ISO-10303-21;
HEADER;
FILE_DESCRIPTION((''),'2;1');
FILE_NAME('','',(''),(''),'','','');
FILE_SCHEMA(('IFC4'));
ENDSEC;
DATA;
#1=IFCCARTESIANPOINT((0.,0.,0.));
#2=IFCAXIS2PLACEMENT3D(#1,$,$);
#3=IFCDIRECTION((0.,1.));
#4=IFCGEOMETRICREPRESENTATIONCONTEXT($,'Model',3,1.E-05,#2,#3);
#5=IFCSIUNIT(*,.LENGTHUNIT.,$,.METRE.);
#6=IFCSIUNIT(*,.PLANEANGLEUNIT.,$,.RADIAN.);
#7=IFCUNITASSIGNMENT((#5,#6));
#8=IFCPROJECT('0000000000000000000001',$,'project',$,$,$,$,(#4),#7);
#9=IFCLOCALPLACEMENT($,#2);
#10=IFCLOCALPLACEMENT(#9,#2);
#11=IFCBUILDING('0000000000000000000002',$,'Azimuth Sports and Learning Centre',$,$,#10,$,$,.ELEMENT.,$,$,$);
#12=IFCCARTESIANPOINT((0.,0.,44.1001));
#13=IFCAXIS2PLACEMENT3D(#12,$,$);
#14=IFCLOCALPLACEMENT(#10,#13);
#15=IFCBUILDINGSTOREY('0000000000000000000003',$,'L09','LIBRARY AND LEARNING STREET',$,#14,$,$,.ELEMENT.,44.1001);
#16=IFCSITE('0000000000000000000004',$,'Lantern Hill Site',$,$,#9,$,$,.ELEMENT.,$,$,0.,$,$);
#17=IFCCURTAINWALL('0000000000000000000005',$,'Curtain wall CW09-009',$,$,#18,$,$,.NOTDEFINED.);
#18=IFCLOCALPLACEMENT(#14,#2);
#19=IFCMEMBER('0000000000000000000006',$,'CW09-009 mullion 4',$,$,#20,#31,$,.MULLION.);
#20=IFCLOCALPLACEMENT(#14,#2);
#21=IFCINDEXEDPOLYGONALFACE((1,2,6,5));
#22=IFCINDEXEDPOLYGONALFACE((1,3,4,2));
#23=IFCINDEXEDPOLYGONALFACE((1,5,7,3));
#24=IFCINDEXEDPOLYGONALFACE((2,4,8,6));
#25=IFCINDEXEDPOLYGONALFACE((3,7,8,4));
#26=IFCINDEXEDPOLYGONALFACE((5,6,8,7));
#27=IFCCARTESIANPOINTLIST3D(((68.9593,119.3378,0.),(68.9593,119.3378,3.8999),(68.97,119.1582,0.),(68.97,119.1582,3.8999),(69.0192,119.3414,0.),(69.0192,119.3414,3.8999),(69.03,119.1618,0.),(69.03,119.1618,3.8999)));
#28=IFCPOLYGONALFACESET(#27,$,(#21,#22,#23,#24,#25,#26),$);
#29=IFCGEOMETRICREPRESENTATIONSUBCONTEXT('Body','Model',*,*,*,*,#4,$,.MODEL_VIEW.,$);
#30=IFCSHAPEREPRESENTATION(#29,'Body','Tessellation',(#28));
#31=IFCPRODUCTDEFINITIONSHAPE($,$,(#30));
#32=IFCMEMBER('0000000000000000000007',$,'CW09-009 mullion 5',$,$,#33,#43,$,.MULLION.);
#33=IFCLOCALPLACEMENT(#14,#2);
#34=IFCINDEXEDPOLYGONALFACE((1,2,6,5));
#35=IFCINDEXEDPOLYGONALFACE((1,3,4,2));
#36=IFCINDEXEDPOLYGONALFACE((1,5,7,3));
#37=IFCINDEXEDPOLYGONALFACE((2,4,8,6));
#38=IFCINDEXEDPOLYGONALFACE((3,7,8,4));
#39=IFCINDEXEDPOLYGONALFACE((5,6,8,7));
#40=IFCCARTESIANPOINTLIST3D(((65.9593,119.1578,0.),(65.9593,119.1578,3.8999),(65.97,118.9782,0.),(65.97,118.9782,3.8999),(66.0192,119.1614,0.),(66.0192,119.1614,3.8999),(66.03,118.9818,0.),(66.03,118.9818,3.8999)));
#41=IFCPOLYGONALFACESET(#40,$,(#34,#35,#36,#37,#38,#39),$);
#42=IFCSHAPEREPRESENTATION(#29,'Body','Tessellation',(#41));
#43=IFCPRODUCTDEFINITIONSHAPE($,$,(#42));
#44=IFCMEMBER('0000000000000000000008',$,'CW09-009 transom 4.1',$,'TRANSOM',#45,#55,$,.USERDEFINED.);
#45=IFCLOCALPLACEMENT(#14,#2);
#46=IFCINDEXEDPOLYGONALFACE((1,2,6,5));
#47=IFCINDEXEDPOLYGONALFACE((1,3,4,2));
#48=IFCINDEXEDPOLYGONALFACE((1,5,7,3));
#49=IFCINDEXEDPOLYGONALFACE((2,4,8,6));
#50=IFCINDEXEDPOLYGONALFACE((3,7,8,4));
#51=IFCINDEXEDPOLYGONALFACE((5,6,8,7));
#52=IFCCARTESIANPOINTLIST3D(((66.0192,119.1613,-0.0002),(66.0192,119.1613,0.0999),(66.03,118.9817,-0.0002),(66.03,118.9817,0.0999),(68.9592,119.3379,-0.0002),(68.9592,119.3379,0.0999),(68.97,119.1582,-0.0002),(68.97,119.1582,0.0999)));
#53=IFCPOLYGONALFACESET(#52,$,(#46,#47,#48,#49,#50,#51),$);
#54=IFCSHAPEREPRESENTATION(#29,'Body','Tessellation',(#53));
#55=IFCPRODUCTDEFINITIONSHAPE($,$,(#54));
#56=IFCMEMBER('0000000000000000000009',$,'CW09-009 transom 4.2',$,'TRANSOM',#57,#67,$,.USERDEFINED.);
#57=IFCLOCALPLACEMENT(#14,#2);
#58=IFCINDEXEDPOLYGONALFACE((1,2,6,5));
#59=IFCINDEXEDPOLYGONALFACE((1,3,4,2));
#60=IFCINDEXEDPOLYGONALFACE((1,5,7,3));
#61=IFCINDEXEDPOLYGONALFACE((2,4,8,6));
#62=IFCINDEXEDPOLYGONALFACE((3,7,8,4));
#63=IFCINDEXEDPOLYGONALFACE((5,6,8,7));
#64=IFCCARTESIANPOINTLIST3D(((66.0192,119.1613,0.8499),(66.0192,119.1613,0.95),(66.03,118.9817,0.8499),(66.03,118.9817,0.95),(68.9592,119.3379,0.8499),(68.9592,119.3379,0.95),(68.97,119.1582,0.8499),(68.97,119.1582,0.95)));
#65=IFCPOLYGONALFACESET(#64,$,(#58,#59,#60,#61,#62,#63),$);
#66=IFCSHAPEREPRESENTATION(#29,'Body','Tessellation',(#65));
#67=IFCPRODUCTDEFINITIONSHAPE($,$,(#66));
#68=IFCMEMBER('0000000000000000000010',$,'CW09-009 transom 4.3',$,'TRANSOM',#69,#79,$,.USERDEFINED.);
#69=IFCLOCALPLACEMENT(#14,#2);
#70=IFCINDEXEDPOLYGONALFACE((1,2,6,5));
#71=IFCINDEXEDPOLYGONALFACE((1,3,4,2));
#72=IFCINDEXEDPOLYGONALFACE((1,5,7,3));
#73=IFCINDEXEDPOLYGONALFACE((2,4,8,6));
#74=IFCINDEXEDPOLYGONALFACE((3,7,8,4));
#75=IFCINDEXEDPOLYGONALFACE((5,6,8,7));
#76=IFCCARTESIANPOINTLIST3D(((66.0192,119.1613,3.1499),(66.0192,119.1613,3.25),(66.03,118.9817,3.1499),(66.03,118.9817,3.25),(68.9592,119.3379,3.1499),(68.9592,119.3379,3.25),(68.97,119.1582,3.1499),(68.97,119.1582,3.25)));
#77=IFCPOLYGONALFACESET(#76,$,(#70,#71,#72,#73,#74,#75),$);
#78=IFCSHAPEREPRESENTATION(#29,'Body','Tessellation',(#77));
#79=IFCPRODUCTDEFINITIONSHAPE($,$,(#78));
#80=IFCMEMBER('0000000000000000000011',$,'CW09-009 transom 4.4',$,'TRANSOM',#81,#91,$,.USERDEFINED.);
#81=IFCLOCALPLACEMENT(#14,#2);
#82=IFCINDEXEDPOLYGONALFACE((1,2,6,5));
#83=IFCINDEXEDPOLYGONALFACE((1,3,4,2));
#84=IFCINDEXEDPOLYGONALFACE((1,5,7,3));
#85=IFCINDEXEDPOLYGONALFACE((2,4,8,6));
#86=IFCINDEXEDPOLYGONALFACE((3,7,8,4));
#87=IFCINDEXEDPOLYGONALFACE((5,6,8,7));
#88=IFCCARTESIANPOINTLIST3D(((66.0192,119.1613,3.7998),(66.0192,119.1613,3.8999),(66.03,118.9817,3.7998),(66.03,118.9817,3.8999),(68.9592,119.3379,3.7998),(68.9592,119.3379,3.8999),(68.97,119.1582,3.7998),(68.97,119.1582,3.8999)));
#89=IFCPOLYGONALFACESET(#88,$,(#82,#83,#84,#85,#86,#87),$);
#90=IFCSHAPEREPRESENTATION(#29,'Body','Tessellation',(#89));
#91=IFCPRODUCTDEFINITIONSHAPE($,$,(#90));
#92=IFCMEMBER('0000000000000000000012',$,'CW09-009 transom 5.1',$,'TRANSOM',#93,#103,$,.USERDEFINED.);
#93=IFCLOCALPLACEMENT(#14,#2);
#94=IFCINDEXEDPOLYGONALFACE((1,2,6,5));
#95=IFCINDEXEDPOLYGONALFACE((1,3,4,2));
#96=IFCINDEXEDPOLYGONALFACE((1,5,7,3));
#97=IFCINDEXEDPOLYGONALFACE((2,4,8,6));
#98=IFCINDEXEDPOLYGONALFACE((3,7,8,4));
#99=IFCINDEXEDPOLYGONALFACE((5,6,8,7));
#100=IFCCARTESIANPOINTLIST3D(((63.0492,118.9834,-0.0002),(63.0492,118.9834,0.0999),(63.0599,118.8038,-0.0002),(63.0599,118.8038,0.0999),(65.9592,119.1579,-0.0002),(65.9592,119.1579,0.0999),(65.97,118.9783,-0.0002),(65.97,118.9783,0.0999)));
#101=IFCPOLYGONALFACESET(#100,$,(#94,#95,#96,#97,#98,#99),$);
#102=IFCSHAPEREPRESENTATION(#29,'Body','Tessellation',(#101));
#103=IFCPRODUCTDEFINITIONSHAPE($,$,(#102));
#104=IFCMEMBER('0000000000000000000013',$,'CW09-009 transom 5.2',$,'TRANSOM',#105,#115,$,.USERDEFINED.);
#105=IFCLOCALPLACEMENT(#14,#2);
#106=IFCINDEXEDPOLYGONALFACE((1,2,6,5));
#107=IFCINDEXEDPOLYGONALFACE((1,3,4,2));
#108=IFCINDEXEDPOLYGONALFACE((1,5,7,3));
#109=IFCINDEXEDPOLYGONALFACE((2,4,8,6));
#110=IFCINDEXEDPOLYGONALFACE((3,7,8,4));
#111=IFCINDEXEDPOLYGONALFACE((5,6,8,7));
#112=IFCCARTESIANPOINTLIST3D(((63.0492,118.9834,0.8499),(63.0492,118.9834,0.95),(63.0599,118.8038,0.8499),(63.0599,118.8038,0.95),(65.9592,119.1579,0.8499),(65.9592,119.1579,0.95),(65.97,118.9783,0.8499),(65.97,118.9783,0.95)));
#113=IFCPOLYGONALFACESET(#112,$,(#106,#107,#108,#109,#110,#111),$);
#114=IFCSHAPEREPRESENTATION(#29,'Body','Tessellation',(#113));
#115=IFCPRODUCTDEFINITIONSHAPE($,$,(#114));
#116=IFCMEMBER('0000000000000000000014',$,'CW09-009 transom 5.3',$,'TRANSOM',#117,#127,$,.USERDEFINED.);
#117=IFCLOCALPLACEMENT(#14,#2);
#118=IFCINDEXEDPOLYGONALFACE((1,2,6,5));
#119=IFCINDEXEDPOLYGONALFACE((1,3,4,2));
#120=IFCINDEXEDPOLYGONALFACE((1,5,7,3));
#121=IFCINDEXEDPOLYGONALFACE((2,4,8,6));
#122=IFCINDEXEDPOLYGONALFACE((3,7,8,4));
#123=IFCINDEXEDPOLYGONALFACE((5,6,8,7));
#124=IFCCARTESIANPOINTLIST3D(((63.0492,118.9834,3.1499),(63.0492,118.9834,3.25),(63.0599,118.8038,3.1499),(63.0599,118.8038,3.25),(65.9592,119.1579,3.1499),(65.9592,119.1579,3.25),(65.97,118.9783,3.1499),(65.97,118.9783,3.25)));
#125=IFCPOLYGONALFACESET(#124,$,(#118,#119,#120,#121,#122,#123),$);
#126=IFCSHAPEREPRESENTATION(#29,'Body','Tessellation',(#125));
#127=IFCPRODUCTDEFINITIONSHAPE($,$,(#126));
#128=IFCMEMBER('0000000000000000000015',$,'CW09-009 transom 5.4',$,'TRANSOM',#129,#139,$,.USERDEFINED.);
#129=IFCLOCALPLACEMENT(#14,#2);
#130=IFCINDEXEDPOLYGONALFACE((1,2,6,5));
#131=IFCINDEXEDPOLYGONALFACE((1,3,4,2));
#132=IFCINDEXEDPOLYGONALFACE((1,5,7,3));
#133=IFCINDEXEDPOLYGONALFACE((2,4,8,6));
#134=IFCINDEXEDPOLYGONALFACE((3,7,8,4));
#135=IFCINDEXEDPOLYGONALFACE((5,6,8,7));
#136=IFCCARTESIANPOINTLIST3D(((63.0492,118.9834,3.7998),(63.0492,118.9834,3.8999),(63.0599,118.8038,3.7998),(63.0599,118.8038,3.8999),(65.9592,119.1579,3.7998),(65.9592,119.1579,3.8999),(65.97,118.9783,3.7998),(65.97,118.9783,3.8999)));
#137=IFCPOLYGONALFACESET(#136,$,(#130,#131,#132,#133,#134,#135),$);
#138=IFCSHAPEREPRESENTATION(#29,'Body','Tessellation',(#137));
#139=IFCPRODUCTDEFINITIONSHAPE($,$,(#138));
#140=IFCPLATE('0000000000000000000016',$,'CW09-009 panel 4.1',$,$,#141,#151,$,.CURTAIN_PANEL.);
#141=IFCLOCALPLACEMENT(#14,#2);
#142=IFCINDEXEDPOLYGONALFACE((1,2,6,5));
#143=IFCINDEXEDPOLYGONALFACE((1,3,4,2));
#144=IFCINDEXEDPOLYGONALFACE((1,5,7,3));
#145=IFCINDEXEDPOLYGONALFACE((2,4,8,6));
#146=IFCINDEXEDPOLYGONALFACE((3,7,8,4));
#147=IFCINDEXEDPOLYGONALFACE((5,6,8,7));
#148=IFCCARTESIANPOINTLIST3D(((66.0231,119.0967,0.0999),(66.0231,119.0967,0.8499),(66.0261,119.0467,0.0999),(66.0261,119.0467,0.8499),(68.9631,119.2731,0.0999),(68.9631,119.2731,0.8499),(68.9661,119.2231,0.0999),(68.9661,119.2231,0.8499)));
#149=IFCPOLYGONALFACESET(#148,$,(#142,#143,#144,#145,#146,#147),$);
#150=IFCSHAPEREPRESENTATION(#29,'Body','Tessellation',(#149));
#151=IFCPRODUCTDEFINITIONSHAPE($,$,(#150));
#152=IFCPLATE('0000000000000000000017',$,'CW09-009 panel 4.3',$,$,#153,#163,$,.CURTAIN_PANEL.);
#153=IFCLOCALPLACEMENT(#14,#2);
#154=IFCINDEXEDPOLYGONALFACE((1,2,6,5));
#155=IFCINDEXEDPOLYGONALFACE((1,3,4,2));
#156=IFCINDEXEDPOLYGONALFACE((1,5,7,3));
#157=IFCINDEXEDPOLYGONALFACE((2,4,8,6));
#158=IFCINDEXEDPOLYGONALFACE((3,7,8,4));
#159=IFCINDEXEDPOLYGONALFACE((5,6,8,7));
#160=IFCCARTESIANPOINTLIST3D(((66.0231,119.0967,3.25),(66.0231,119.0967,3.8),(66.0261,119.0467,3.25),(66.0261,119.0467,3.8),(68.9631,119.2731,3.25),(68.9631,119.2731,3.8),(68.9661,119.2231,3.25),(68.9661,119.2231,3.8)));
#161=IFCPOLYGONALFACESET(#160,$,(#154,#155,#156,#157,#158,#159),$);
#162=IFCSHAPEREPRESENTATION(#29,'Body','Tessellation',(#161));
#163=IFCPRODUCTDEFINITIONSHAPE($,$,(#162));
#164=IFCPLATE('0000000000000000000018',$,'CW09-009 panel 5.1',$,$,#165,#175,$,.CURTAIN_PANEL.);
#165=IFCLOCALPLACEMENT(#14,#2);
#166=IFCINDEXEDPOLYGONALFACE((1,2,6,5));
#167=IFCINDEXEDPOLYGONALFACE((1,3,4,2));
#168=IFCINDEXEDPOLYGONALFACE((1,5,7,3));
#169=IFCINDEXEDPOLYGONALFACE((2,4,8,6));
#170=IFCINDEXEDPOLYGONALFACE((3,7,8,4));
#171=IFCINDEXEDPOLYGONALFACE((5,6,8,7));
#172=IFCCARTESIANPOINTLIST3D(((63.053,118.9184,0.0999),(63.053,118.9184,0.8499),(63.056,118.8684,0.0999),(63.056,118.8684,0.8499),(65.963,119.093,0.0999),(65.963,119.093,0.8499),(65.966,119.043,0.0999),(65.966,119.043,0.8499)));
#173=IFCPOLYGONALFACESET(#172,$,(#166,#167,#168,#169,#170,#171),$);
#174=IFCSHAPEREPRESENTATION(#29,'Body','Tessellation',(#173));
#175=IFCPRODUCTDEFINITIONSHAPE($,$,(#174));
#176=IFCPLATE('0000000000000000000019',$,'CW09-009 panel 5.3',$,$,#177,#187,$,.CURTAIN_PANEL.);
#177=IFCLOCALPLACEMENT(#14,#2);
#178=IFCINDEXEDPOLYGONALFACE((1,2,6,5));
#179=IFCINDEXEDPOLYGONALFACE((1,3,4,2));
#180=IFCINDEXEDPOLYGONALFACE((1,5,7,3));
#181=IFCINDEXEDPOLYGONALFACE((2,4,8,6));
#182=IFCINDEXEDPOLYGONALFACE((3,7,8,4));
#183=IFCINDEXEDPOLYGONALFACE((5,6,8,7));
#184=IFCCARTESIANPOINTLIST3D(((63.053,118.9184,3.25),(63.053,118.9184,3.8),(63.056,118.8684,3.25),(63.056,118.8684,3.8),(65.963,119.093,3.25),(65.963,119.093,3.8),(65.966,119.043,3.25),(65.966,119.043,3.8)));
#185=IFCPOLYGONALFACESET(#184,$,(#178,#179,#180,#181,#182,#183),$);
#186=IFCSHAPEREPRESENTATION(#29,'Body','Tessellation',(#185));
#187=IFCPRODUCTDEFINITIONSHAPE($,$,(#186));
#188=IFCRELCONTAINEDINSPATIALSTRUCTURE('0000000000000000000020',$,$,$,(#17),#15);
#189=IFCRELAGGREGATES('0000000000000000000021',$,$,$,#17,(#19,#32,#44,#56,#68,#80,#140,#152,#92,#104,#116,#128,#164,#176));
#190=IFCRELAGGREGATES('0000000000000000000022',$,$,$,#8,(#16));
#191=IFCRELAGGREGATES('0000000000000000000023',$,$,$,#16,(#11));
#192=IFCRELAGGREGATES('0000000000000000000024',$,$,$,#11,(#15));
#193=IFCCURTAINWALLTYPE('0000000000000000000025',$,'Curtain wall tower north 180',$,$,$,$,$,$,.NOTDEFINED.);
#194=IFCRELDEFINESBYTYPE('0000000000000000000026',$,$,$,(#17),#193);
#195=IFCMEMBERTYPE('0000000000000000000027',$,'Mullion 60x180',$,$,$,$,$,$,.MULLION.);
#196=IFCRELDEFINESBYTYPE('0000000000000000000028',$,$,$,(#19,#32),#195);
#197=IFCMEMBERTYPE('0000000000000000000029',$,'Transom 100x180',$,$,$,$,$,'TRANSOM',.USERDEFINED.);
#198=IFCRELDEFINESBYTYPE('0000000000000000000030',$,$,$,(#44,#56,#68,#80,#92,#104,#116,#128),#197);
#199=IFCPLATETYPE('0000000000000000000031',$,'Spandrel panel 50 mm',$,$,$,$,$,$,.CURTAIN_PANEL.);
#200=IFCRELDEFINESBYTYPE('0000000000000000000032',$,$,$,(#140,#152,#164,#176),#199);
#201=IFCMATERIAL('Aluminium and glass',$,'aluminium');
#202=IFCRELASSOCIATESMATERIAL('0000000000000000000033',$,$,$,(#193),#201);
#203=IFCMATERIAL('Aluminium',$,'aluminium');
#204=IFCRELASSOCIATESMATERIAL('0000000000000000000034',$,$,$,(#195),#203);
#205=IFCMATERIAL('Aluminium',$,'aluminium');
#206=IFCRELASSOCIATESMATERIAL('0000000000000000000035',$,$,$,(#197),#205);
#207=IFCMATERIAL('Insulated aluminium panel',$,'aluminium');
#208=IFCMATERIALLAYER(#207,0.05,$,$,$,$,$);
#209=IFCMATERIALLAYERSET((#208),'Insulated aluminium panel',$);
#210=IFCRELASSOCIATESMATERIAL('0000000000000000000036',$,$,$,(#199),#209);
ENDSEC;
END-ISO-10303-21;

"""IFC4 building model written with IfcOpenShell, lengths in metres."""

from ifc_helpers import new_model, si_unit, direction, frame, origin, origin_2d, place, context, subcontext, project, spatial, rectangle, extrude, material, layer, layer_set, material_profile, profile_set, type_object, element, aggregate, save


model = new_model("IFC4")

# Units and contexts
model_context = context("Model", 3, precision=1e-05, world=origin(), true_north=direction((0.0, 1.0)))
body_context = subcontext(model_context, "Body", "Model", "MODEL_VIEW")
ifc_project = project(units=[si_unit("LENGTHUNIT", "METRE"), si_unit("PLANEANGLEUNIT", "RADIAN")], contexts=[model_context])

# Site, building, storey
site_placement = place(None, origin())
site = spatial("IfcSite", under=ifc_project, at=site_placement, Name="Lantern Hill Site", CompositionType="ELEMENT", RefElevation=0.0)
building_placement = place(site_placement, origin())
building = spatial("IfcBuilding", under=site, at=building_placement, Name="Azimuth Sports and Learning Centre", CompositionType="ELEMENT")
storey_placement = place(building_placement, frame((0.0, 0.0, 44.1001)))
storey = spatial("IfcBuildingStorey", under=building, at=storey_placement, Name="L09", Description="LIBRARY AND LEARNING STREET", CompositionType="ELEMENT", Elevation=44.1001)

# Curtain wall, members, plates
ifc_material_1 = material(Name="Aluminium and glass", Category="aluminium")
curtain_wall_type = type_object("IfcCurtainWallType", Name="Curtain wall tower north 180", PredefinedType="NOTDEFINED", material=ifc_material_1)
curtain_wall_placement = place(storey_placement, origin())
curtain_wall = element("IfcCurtainWall", 1, at=curtain_wall_placement, inside=storey, type_object=curtain_wall_type, Name="Curtain wall CW09-009", PredefinedType="NOTDEFINED")
ifc_material_2 = material(Name="Aluminium", Category="aluminium")
ifc_material_profile_1 = material_profile(ifc_material_2, rectangle(XDim=0.1799, YDim=0.0601, at=origin_2d()), Name="Mullion 60x180")
ifc_profile_set_1 = profile_set([ifc_material_profile_1], Name="Aluminium")
member_type_1 = type_object("IfcMemberType", Name="Mullion 60x180", PredefinedType="MULLION", material=ifc_profile_set_1)
member_1_placement = place(storey_placement, frame((68.9946, 119.2498, 0.0), z_axis=(0.0, 0.0, 1.0), x_axis=(0.059892, -0.998205, 0.0)))
member_1 = element("IfcMember", 2, at=member_1_placement, type_object=member_type_1, Name="CW09-009 mullion 4", PredefinedType="MULLION", context=body_context, shape_type="SweptSolid", body=[
    extrude(rectangle(XDim=0.1799, YDim=0.0601, at=origin_2d()), origin(), (0.0, 0.0, 1.0), 3.8999),
])
member_2_placement = place(storey_placement, frame((65.9946, 119.0698, 0.0), z_axis=(0.0, 0.0, 1.0), x_axis=(0.059892, -0.998205, 0.0)))
member_2 = element("IfcMember", 3, at=member_2_placement, type_object=member_type_1, Name="CW09-009 mullion 5", PredefinedType="MULLION", context=body_context, shape_type="SweptSolid", body=[
    extrude(rectangle(XDim=0.1799, YDim=0.0601, at=origin_2d()), origin(), (0.0, 0.0, 1.0), 3.8999),
])
ifc_material_3 = material(Name="Aluminium", Category="aluminium")
ifc_material_profile_2 = material_profile(ifc_material_3, rectangle(XDim=0.1799, YDim=0.1001, at=origin_2d()), Name="Transom 100x180")
ifc_profile_set_2 = profile_set([ifc_material_profile_2], Name="Aluminium")
member_type_2 = type_object("IfcMemberType", Name="Transom 100x180", ElementType="TRANSOM", PredefinedType="USERDEFINED", material=ifc_profile_set_2)
member_3_placement = place(storey_placement, frame((68.9646, 119.248, 0.0498), z_axis=(-0.998202, -0.059932, 0.0), x_axis=(0.059932, -0.998202, 0.0)))
member_3 = element("IfcMember", 4, at=member_3_placement, type_object=member_type_2, Name="CW09-009 transom 4.1", ObjectType="TRANSOM", PredefinedType="USERDEFINED", context=body_context, shape_type="SweptSolid", body=[
    extrude(rectangle(XDim=0.1799, YDim=0.1001, at=origin_2d()), origin(), (0.0, 0.0, 1.0), 2.9453),
])
member_4_placement = place(storey_placement, frame((68.9646, 119.248, 0.8999), z_axis=(-0.998202, -0.059932, 0.0), x_axis=(0.059932, -0.998202, 0.0)))
member_4 = element("IfcMember", 5, at=member_4_placement, type_object=member_type_2, Name="CW09-009 transom 4.2", ObjectType="TRANSOM", PredefinedType="USERDEFINED", context=body_context, shape_type="SweptSolid", body=[
    extrude(rectangle(XDim=0.1799, YDim=0.1001, at=origin_2d()), origin(), (0.0, 0.0, 1.0), 2.9453),
])
member_5_placement = place(storey_placement, frame((68.9646, 119.248, 3.2), z_axis=(-0.998202, -0.059932, 0.0), x_axis=(0.059932, -0.998202, 0.0)))
member_5 = element("IfcMember", 6, at=member_5_placement, type_object=member_type_2, Name="CW09-009 transom 4.3", ObjectType="TRANSOM", PredefinedType="USERDEFINED", context=body_context, shape_type="SweptSolid", body=[
    extrude(rectangle(XDim=0.1799, YDim=0.1001, at=origin_2d()), origin(), (0.0, 0.0, 1.0), 2.9453),
])
member_6_placement = place(storey_placement, frame((68.9646, 119.248, 3.8499), z_axis=(-0.998202, -0.059932, 0.0), x_axis=(0.059932, -0.998202, 0.0)))
member_6 = element("IfcMember", 7, at=member_6_placement, type_object=member_type_2, Name="CW09-009 transom 4.4", ObjectType="TRANSOM", PredefinedType="USERDEFINED", context=body_context, shape_type="SweptSolid", body=[
    extrude(rectangle(XDim=0.1799, YDim=0.1001, at=origin_2d()), origin(), (0.0, 0.0, 1.0), 2.9453),
])
member_7_placement = place(storey_placement, frame((65.9646, 119.0681, 0.0498), z_axis=(-0.998206, -0.059876, 0.0), x_axis=(0.059876, -0.998206, 0.0)))
member_7 = element("IfcMember", 8, at=member_7_placement, type_object=member_type_2, Name="CW09-009 transom 5.1", ObjectType="TRANSOM", PredefinedType="USERDEFINED", context=body_context, shape_type="SweptSolid", body=[
    extrude(rectangle(XDim=0.1799, YDim=0.1001, at=origin_2d()), origin(), (0.0, 0.0, 1.0), 2.9153),
])
member_8_placement = place(storey_placement, frame((65.9646, 119.0681, 0.8999), z_axis=(-0.998206, -0.059876, 0.0), x_axis=(0.059876, -0.998206, 0.0)))
member_8 = element("IfcMember", 9, at=member_8_placement, type_object=member_type_2, Name="CW09-009 transom 5.2", ObjectType="TRANSOM", PredefinedType="USERDEFINED", context=body_context, shape_type="SweptSolid", body=[
    extrude(rectangle(XDim=0.1799, YDim=0.1001, at=origin_2d()), origin(), (0.0, 0.0, 1.0), 2.9153),
])
member_9_placement = place(storey_placement, frame((65.9646, 119.0681, 3.2), z_axis=(-0.998206, -0.059876, 0.0), x_axis=(0.059876, -0.998206, 0.0)))
member_9 = element("IfcMember", 10, at=member_9_placement, type_object=member_type_2, Name="CW09-009 transom 5.3", ObjectType="TRANSOM", PredefinedType="USERDEFINED", context=body_context, shape_type="SweptSolid", body=[
    extrude(rectangle(XDim=0.1799, YDim=0.1001, at=origin_2d()), origin(), (0.0, 0.0, 1.0), 2.9153),
])
member_10_placement = place(storey_placement, frame((65.9646, 119.0681, 3.8499), z_axis=(-0.998206, -0.059876, 0.0), x_axis=(0.059876, -0.998206, 0.0)))
member_10 = element("IfcMember", 11, at=member_10_placement, type_object=member_type_2, Name="CW09-009 transom 5.4", ObjectType="TRANSOM", PredefinedType="USERDEFINED", context=body_context, shape_type="SweptSolid", body=[
    extrude(rectangle(XDim=0.1799, YDim=0.1001, at=origin_2d()), origin(), (0.0, 0.0, 1.0), 2.9153),
])
ifc_material_4 = material(Name="Insulated aluminium panel", Category="aluminium")
ifc_layer_1 = layer(ifc_material_4, 0.05)
ifc_layer_set_1 = layer_set([ifc_layer_1], Name="Insulated aluminium panel")
plate_type_1 = type_object("IfcPlateType", Name="Spandrel panel 50 mm", PredefinedType="CURTAIN_PANEL", material=ifc_layer_set_1)
plate_1_placement = place(storey_placement, frame((67.4946, 119.1599, 0.0999), z_axis=(0.0, 0.0, 1.0), x_axis=(-0.998205, -0.059892, 0.0)))
plate_1 = element("IfcPlate", 12, at=plate_1_placement, type_object=plate_type_1, Name="CW09-009 panel 4.1", PredefinedType="CURTAIN_PANEL", context=body_context, shape_type="SweptSolid", body=[
    extrude(rectangle(XDim=2.9453, YDim=0.05, at=origin_2d()), origin(), (0.0, 0.0, 1.0), 0.75),
])
plate_2_placement = place(storey_placement, frame((67.4946, 119.1599, 3.25), z_axis=(0.0, 0.0, 1.0), x_axis=(-0.998205, -0.059892, 0.0)))
plate_2 = element("IfcPlate", 13, at=plate_2_placement, type_object=plate_type_1, Name="CW09-009 panel 4.3", PredefinedType="CURTAIN_PANEL", context=body_context, shape_type="SweptSolid", body=[
    extrude(rectangle(XDim=2.9453, YDim=0.05, at=origin_2d()), origin(), (0.0, 0.0, 1.0), 0.55),
])
plate_3_placement = place(storey_placement, frame((64.5095, 118.9807, 0.0999), z_axis=(0.0, 0.0, 1.0), x_axis=(-0.998205, -0.059892, 0.0)))
plate_3 = element("IfcPlate", 14, at=plate_3_placement, type_object=plate_type_1, Name="CW09-009 panel 5.1", PredefinedType="CURTAIN_PANEL", context=body_context, shape_type="SweptSolid", body=[
    extrude(rectangle(XDim=2.9153, YDim=0.05, at=origin_2d()), origin(), (0.0, 0.0, 1.0), 0.75),
])
plate_4_placement = place(storey_placement, frame((64.5095, 118.9807, 3.25), z_axis=(0.0, 0.0, 1.0), x_axis=(-0.998205, -0.059892, 0.0)))
plate_4 = element("IfcPlate", 15, at=plate_4_placement, type_object=plate_type_1, Name="CW09-009 panel 5.3", PredefinedType="CURTAIN_PANEL", context=body_context, shape_type="SweptSolid", body=[
    extrude(rectangle(XDim=2.9153, YDim=0.05, at=origin_2d()), origin(), (0.0, 0.0, 1.0), 0.55),
])
aggregate(curtain_wall, [member_1, member_2, member_3, member_4, member_5, member_6, plate_1, plate_2, member_7, member_8, member_9, member_10, plate_3, plate_4])

save(model, "model.ifc")
